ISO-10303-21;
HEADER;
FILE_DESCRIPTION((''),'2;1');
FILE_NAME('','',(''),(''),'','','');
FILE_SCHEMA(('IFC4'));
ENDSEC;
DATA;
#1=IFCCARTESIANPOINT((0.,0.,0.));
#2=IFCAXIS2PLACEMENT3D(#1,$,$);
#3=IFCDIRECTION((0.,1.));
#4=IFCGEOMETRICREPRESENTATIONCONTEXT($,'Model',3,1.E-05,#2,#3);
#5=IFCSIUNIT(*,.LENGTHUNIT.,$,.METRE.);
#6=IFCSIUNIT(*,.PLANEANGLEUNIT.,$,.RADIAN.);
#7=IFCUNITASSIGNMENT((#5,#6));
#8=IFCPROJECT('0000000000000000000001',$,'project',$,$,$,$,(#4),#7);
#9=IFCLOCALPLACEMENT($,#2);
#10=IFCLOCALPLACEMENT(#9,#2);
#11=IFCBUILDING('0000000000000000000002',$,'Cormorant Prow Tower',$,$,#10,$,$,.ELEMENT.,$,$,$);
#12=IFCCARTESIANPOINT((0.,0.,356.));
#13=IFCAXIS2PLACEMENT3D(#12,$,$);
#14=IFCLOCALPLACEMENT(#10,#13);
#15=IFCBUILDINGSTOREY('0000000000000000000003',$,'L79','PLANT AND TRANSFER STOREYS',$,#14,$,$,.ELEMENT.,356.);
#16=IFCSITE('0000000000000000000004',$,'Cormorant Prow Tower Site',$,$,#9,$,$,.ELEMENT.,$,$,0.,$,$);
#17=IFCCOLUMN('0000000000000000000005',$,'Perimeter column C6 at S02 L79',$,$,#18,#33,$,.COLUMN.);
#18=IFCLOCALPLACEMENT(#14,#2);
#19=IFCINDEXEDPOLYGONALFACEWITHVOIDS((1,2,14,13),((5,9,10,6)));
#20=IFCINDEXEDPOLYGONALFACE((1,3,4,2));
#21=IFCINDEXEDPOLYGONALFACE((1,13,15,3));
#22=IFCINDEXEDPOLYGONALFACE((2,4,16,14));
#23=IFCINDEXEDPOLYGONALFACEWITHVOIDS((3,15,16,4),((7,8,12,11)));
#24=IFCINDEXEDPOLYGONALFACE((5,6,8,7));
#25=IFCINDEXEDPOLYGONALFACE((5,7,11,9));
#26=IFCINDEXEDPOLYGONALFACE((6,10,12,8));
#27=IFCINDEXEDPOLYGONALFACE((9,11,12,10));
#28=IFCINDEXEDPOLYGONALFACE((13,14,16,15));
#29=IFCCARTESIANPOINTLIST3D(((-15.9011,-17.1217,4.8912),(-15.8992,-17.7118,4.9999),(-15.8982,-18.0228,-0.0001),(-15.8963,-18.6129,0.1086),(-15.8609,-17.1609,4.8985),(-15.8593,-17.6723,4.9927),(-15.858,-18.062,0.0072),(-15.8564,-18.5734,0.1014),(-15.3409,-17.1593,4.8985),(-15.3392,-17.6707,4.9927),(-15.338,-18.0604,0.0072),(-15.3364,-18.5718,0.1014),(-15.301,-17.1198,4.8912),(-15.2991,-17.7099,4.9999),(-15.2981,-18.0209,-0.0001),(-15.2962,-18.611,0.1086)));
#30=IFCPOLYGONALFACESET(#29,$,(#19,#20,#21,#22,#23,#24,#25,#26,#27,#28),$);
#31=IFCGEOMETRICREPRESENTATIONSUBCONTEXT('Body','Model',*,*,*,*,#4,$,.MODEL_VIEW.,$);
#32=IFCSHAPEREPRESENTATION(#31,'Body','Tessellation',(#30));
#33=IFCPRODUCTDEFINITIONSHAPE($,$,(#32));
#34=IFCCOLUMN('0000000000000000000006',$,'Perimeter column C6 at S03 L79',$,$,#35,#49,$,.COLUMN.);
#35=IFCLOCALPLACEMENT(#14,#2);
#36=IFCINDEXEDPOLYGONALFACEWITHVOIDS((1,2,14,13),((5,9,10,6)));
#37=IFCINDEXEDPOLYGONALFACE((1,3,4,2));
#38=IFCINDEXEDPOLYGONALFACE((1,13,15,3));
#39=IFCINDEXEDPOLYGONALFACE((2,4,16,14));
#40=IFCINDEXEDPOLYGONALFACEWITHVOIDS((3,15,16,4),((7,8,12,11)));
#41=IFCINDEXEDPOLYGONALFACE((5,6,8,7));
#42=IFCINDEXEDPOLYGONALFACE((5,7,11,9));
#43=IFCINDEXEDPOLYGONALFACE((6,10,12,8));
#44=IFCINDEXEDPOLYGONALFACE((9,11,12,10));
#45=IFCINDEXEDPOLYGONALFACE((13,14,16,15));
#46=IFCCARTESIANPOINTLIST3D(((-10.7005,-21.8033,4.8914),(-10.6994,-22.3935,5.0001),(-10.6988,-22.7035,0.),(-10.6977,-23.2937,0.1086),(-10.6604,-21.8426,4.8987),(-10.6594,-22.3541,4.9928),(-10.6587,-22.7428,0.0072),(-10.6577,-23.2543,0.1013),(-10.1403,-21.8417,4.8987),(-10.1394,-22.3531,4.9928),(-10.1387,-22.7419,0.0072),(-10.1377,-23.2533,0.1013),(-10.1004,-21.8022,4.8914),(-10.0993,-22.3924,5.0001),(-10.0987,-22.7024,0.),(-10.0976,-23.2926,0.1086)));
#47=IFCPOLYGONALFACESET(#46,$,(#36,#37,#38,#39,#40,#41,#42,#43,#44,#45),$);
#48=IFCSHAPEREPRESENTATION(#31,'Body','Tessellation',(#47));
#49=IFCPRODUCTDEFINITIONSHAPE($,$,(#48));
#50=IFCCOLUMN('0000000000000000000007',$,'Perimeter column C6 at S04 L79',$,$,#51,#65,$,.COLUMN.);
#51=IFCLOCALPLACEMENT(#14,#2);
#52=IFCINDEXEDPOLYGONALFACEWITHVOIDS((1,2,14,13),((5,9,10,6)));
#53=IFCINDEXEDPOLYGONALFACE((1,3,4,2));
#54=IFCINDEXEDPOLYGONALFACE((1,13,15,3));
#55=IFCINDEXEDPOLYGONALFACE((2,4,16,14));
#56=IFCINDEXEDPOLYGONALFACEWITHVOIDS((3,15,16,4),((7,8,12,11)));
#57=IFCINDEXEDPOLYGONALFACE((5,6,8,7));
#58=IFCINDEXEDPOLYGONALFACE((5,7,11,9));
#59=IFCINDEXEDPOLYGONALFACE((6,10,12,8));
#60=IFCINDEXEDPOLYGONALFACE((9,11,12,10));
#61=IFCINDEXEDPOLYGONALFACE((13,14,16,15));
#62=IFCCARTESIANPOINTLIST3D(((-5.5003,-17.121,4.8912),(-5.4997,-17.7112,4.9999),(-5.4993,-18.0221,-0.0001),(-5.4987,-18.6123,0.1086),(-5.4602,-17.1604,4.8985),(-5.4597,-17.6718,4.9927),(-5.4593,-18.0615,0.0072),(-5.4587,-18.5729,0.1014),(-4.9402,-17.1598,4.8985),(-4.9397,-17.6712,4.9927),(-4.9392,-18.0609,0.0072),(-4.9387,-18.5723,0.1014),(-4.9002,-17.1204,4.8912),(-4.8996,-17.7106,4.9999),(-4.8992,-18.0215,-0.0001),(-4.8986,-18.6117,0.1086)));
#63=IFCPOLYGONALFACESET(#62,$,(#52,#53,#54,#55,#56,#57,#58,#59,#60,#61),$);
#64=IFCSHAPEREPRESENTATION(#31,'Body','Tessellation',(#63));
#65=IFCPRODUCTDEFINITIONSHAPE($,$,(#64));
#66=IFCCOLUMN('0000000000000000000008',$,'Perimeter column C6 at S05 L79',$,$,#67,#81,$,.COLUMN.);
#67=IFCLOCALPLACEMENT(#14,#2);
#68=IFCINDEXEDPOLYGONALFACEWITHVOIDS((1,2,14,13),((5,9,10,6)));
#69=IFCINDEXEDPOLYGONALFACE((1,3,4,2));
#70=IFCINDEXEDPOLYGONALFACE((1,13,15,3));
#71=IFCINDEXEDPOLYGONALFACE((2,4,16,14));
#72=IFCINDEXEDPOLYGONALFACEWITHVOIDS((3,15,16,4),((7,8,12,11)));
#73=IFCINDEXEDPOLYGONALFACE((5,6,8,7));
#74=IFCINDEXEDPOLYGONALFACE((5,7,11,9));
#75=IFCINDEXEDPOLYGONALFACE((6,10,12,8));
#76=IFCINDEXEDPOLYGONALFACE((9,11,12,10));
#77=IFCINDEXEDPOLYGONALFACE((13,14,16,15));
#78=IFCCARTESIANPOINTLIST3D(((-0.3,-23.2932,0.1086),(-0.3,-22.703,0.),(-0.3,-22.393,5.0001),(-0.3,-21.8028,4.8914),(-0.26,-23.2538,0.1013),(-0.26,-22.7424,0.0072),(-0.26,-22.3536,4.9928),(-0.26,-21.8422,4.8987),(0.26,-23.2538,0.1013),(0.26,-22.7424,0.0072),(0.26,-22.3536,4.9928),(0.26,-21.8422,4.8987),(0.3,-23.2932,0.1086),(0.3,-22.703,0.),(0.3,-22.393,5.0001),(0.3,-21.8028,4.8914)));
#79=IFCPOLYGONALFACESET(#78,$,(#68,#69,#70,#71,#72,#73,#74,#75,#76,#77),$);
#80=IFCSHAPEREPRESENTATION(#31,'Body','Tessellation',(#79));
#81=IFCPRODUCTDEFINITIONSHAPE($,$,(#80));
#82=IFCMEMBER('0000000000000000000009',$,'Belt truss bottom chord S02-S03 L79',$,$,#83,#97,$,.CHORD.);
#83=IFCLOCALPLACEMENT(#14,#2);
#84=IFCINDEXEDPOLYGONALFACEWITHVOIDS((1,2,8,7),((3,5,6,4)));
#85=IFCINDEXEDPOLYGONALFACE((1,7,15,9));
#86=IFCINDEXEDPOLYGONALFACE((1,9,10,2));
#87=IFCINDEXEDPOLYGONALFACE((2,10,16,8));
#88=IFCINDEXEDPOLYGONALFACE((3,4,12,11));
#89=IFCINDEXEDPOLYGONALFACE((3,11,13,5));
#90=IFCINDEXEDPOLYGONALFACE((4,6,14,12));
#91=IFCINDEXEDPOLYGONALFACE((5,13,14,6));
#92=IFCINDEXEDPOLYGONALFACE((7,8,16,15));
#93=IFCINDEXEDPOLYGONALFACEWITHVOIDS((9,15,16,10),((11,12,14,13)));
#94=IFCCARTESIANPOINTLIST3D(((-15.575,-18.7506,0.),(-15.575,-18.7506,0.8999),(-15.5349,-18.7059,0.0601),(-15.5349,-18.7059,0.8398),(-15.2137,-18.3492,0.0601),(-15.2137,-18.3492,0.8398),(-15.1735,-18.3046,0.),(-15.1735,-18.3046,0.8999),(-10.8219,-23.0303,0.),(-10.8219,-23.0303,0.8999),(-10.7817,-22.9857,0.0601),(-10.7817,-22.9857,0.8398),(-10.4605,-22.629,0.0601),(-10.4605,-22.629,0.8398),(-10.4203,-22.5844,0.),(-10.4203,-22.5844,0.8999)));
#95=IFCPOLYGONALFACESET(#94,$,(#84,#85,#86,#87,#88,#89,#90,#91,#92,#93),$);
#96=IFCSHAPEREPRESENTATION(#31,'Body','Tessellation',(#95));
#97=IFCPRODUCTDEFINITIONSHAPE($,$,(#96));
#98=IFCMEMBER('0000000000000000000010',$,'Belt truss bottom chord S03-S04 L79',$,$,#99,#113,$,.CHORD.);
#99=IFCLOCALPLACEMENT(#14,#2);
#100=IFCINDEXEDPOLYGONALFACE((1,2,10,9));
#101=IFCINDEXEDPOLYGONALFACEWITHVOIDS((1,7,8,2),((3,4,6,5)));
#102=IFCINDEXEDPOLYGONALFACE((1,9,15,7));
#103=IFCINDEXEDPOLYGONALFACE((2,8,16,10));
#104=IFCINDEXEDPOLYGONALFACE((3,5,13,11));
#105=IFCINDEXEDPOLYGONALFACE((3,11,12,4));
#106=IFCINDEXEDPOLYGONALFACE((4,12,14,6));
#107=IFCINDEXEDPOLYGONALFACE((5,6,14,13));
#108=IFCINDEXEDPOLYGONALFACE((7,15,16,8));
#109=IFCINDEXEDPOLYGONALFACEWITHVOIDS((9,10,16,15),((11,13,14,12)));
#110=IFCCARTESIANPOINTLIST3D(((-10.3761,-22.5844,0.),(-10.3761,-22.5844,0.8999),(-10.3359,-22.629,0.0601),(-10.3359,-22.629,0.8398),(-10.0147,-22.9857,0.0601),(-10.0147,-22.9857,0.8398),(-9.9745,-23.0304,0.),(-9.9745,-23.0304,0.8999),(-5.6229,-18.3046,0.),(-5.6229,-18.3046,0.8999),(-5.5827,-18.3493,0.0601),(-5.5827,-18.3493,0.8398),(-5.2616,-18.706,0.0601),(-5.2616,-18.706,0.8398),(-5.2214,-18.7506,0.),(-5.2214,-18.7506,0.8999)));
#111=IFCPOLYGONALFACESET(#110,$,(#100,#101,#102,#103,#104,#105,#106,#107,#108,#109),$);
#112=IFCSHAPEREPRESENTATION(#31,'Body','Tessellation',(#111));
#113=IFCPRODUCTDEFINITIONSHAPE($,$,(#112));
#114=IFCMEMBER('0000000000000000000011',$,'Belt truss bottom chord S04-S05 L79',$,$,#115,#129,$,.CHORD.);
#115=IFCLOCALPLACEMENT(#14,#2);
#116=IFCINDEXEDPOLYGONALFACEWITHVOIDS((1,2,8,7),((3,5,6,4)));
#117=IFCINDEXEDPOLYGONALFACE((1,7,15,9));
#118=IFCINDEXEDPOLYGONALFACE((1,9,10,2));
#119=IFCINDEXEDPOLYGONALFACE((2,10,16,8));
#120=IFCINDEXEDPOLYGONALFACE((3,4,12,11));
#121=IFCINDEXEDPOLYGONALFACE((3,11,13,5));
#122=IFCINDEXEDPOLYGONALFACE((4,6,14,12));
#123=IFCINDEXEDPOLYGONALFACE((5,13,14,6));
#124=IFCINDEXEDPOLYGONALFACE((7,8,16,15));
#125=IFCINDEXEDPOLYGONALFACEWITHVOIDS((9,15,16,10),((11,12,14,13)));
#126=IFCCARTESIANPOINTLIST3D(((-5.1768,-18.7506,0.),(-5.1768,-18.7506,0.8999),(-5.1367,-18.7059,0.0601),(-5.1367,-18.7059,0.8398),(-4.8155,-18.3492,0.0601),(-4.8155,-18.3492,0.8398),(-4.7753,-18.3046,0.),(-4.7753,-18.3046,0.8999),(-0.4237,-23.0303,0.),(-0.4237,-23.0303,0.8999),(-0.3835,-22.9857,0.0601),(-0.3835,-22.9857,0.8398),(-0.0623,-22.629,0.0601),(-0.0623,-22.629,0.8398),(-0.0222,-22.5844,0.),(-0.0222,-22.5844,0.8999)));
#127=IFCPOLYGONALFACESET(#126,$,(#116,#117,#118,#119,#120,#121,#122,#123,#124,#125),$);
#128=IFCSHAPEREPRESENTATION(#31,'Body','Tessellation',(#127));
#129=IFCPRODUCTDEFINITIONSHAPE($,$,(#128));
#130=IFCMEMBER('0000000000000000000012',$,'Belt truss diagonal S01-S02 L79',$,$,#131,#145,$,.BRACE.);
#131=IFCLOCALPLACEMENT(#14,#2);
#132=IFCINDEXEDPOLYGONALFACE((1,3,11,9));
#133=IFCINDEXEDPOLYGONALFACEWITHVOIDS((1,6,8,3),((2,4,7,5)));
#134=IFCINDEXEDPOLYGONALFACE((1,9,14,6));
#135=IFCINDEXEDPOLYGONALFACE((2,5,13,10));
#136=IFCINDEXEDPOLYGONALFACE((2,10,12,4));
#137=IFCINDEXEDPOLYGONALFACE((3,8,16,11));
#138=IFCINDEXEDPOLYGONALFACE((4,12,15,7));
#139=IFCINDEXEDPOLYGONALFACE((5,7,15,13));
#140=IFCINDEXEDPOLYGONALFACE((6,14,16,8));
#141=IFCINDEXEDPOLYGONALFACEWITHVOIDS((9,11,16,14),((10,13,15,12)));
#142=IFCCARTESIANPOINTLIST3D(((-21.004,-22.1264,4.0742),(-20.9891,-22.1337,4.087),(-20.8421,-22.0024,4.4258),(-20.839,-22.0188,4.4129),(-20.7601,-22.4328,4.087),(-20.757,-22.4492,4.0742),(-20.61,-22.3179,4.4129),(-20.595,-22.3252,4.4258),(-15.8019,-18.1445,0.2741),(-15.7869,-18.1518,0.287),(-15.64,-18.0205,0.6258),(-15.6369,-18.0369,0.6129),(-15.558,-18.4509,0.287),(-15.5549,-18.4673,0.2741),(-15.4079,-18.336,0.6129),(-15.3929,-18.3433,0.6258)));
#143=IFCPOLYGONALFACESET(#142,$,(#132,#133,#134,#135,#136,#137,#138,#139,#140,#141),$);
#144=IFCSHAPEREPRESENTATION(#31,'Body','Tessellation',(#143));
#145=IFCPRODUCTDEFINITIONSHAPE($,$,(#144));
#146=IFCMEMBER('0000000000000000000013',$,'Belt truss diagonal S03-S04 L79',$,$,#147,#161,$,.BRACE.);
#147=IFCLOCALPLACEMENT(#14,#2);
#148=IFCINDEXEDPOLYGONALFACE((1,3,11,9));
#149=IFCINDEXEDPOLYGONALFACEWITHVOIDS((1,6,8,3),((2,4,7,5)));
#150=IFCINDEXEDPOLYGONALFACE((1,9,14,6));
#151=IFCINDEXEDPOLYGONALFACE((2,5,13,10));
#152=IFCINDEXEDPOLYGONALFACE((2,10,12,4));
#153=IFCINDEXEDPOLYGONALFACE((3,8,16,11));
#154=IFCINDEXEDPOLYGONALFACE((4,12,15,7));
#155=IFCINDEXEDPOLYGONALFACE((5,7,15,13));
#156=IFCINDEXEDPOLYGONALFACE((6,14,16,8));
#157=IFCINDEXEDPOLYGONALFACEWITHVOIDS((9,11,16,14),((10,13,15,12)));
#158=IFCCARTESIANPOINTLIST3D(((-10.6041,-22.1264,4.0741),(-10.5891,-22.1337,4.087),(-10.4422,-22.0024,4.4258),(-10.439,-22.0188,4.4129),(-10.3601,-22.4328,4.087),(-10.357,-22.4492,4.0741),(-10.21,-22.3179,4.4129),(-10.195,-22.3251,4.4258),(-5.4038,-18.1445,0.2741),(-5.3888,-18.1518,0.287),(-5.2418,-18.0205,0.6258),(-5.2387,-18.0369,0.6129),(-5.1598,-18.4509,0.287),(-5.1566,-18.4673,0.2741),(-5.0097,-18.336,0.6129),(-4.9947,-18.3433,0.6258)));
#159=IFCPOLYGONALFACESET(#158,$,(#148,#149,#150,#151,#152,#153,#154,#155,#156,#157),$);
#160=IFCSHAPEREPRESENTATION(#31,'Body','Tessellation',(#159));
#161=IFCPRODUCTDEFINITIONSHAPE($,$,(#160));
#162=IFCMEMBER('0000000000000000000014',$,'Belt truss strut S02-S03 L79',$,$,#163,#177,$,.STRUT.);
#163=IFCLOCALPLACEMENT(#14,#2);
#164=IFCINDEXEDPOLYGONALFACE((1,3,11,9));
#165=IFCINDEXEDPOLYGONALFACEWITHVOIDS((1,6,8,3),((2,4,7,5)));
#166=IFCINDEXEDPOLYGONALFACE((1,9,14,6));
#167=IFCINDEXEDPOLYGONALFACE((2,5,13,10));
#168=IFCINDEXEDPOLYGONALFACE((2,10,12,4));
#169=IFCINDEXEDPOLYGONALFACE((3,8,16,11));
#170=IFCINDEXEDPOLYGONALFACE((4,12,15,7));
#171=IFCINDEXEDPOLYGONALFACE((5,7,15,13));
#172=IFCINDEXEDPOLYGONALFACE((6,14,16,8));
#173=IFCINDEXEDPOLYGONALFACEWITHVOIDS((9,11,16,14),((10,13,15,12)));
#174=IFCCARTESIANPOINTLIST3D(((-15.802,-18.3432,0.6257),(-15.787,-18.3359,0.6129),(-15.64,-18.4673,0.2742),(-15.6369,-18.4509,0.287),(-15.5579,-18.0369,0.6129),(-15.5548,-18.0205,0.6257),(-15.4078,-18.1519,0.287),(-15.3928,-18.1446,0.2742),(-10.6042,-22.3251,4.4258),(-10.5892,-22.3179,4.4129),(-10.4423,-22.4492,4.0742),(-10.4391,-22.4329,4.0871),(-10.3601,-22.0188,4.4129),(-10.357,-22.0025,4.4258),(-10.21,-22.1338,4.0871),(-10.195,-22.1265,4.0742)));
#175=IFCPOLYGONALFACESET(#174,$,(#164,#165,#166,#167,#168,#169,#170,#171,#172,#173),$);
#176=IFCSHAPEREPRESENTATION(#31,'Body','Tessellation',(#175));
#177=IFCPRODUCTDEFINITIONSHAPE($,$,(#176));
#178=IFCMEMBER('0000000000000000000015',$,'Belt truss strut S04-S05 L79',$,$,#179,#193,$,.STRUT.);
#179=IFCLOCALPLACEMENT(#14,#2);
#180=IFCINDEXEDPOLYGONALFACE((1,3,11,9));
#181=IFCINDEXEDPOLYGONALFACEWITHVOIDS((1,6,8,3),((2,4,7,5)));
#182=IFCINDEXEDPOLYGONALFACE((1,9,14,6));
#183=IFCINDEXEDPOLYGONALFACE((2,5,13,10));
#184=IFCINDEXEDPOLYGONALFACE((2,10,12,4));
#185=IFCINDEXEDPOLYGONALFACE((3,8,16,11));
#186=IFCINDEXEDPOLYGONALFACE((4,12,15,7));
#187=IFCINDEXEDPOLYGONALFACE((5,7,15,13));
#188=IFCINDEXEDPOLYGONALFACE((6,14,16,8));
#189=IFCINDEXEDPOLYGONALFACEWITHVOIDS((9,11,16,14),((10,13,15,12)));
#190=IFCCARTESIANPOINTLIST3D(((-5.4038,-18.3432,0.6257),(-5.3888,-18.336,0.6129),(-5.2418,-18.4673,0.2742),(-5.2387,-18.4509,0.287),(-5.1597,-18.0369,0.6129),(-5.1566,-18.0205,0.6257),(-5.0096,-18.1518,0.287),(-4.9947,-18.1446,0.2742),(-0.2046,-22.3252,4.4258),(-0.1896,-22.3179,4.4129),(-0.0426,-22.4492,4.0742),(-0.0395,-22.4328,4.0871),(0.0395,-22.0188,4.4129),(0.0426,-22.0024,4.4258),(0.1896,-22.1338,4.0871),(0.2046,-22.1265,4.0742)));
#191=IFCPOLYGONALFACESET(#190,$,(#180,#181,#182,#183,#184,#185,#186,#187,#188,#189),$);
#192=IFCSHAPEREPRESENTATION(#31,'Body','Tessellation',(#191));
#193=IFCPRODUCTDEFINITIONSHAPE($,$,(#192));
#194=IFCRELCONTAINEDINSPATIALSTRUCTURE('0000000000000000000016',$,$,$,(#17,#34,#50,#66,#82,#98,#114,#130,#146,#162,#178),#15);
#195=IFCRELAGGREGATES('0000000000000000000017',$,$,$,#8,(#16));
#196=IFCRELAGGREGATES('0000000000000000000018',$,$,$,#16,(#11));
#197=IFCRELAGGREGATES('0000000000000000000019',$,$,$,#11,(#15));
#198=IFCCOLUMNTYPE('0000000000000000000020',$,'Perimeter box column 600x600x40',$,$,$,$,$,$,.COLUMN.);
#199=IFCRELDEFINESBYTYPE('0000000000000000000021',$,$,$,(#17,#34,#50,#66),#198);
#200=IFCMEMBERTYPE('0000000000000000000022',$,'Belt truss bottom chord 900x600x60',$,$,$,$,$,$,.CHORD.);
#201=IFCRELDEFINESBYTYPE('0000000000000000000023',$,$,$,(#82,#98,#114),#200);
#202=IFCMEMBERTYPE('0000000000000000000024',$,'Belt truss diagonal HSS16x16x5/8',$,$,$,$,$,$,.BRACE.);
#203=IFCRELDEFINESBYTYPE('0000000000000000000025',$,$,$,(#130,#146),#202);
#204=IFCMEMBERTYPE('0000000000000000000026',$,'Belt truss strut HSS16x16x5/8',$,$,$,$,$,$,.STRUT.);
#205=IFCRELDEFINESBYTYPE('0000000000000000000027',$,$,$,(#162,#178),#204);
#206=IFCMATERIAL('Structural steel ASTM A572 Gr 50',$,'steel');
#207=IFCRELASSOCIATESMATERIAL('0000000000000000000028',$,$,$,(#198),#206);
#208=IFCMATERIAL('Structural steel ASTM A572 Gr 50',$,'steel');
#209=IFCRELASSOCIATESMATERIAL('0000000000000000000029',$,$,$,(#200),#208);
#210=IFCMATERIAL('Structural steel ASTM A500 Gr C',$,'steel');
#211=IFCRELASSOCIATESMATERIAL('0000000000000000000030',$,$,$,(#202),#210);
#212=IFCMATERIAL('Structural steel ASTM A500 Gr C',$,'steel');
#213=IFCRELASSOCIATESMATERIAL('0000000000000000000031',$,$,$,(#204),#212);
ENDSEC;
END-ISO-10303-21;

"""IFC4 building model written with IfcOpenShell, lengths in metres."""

from ifc_helpers import new_model, si_unit, direction, frame, origin, origin_2d, place, context, subcontext, project, spatial, hollow_rectangle, extrude, material, material_profile, profile_set, type_object, element, save


model = new_model("IFC4")

# Units and contexts
model_context = context("Model", 3, precision=1e-05, world=origin(), true_north=direction((0.0, 1.0)))
body_context = subcontext(model_context, "Body", "Model", "MODEL_VIEW")
ifc_project = project(units=[si_unit("LENGTHUNIT", "METRE"), si_unit("PLANEANGLEUNIT", "RADIAN")], contexts=[model_context])

# Site, building, storey
site_placement = place(None, origin())
site = spatial("IfcSite", under=ifc_project, at=site_placement, Name="Cormorant Prow Tower Site", CompositionType="ELEMENT", RefElevation=0.0)
building_placement = place(site_placement, origin())
building = spatial("IfcBuilding", under=site, at=building_placement, Name="Cormorant Prow Tower", CompositionType="ELEMENT")
storey_placement = place(building_placement, frame((0.0, 0.0, 356.0)))
storey = spatial("IfcBuildingStorey", under=building, at=storey_placement, Name="L79", Description="PLANT AND TRANSFER STOREYS", CompositionType="ELEMENT", Elevation=356.0)

# Columns
ifc_material_1 = material(Name="Structural steel ASTM A572 Gr 50", Category="steel")
ifc_material_profile_1 = material_profile(ifc_material_1, hollow_rectangle(XDim=0.6001, YDim=0.6001, WallThickness=0.04, at=origin_2d()), Name="Box 600x600x40")
ifc_profile_set_1 = profile_set([ifc_material_profile_1], Name="Structural steel ASTM A572 Gr 50")
column_type = type_object("IfcColumnType", Name="Perimeter box column 600x600x40", PredefinedType="COLUMN", material=ifc_profile_set_1)
for number, where, z_axis, x_axis, name in (
    (1, (-15.5972, -18.3269, 0.0), (-0.000576, 0.18118, 0.98345), (-0.999995, -0.00318, 0.0), "Perimeter column C6 at S02 L79"),
    (2, (-10.3982, -23.0081, 0.0), (-0.000336, 0.180994, 0.983484), (-0.999998, -0.001857, 0.0), "Perimeter column C6 at S03 L79"),
    (3, (-5.199, -18.3269, 0.0), (-0.000192, 0.18118, 0.98345), (-0.999999, -0.00106, 0.0), "Perimeter column C6 at S04 L79"),
    (4, (0.0, -23.0081, 0.0), (0.0, 0.180994, 0.983484), (-1.0, 0.0, 0.0), "Perimeter column C6 at S05 L79"),
):
    element("IfcColumn", number, at=place(storey_placement, frame(where, z_axis=z_axis, x_axis=x_axis)), inside=storey, type_object=column_type, Name=name, PredefinedType="COLUMN", context=body_context, shape_type="SweptSolid", body=[
        extrude(hollow_rectangle(XDim=0.6001, YDim=0.6001, WallThickness=0.04, at=origin_2d()), frame((0.0, 0.0, 0.0552)), (0.0, 0.0, 1.0), 4.9736),
    ])

# Members
ifc_material_2 = material(Name="Structural steel ASTM A572 Gr 50", Category="steel")
ifc_material_profile_2 = material_profile(ifc_material_2, hollow_rectangle(XDim=0.6001, YDim=0.8999, WallThickness=0.0601, at=origin_2d()), Name="Box 900x600x60")
ifc_profile_set_2 = profile_set([ifc_material_profile_2], Name="Structural steel ASTM A572 Gr 50")
member_type_1 = type_object("IfcMemberType", Name="Belt truss bottom chord 900x600x60", PredefinedType="CHORD", material=ifc_profile_set_2)
for number, where, z_axis, x_axis, name in (
    (5, (-15.3743, -18.5276, 0.45), (0.743144, -0.669131, 0.0), (0.669131, 0.743144, 0.0), "Belt truss bottom chord S02-S03 L79"),
    (6, (-10.1753, -22.8074, 0.45), (0.743144, 0.669131, 0.0), (-0.669131, 0.743144, 0.0), "Belt truss bottom chord S03-S04 L79"),
    (7, (-4.9761, -18.5276, 0.45), (0.743144, -0.669131, 0.0), (0.669131, 0.743144, 0.0), "Belt truss bottom chord S04-S05 L79"),
):
    element("IfcMember", number, at=place(storey_placement, frame(where, z_axis=z_axis, x_axis=x_axis)), inside=storey, type_object=member_type_1, Name=name, PredefinedType="CHORD", context=body_context, shape_type="SweptSolid", body=[
        extrude(hollow_rectangle(XDim=0.6001, YDim=0.8999, WallThickness=0.0601, at=origin_2d()), origin(), (0.0, 0.0, 1.0), 6.396),
    ])
ifc_material_3 = material(Name="Structural steel ASTM A500 Gr C", Category="steel")
ifc_material_profile_3 = material_profile(ifc_material_3, hollow_rectangle(XDim=0.4065, YDim=0.4065, WallThickness=0.0149, at=origin_2d()), Name="HSS16x16x5/8")
ifc_profile_set_3 = profile_set([ifc_material_profile_3], Name="Structural steel ASTM A500 Gr C")
member_type_2 = type_object("IfcMemberType", Name="Belt truss diagonal HSS16x16x5/8", PredefinedType="BRACE", material=ifc_profile_set_3)
member_1_placement = place(storey_placement, frame((-15.5974, -18.2439, 0.45), z_axis=(-0.686885, -0.525769, 0.501753), x_axis=(0.607818, -0.794076, 0.0)))
element("IfcMember", 8, at=member_1_placement, inside=storey, type_object=member_type_2, Name="Belt truss diagonal S01-S02 L79", PredefinedType="BRACE", context=body_context, shape_type="SweptSolid", body=[
    extrude(hollow_rectangle(XDim=0.4065, YDim=0.4065, WallThickness=0.0149, at=origin_2d()), origin(), (0.0, 0.0, 1.0), 7.5735),
])
member_2_placement = place(storey_placement, frame((-5.1992, -18.2439, 0.45), z_axis=(-0.686765, -0.525851, 0.501831), x_axis=(0.607944, -0.79398, 0.0)))
element("IfcMember", 9, at=member_2_placement, inside=storey, type_object=member_type_2, Name="Belt truss diagonal S03-S04 L79", PredefinedType="BRACE", context=body_context, shape_type="SweptSolid", body=[
    extrude(hollow_rectangle(XDim=0.4065, YDim=0.4065, WallThickness=0.0149, at=origin_2d()), origin(), (0.0, 0.0, 1.0), 7.5723),
])
ifc_material_4 = material(Name="Structural steel ASTM A500 Gr C", Category="steel")
ifc_material_profile_4 = material_profile(ifc_material_4, hollow_rectangle(XDim=0.4065, YDim=0.4065, WallThickness=0.0149, at=origin_2d()), Name="HSS16x16x5/8")
ifc_profile_set_4 = profile_set([ifc_material_profile_4], Name="Structural steel ASTM A500 Gr C")
member_type_3 = type_object("IfcMemberType", Name="Belt truss strut HSS16x16x5/8", PredefinedType="STRUT", material=ifc_profile_set_4)
member_3_placement = place(storey_placement, frame((-15.5974, -18.2439, 0.45), z_axis=(0.686578, -0.525979, 0.501953), x_axis=(0.608142, 0.793828, 0.0)))
element("IfcMember", 10, at=member_3_placement, inside=storey, type_object=member_type_3, Name="Belt truss strut S02-S03 L79", PredefinedType="STRUT", context=body_context, shape_type="SweptSolid", body=[
    extrude(hollow_rectangle(XDim=0.4065, YDim=0.4065, WallThickness=0.0149, at=origin_2d()), origin(), (0.0, 0.0, 1.0), 7.5706),
])
member_4_placement = place(storey_placement, frame((-5.1992, -18.2439, 0.45), z_axis=(0.68668, -0.525909, 0.501887), x_axis=(0.608034, 0.793911, 0.0)))
element("IfcMember", 11, at=member_4_placement, inside=storey, type_object=member_type_3, Name="Belt truss strut S04-S05 L79", PredefinedType="STRUT", context=body_context, shape_type="SweptSolid", body=[
    extrude(hollow_rectangle(XDim=0.4065, YDim=0.4065, WallThickness=0.0149, at=origin_2d()), origin(), (0.0, 0.0, 1.0), 7.5715),
])

save(model, "model.ifc")
